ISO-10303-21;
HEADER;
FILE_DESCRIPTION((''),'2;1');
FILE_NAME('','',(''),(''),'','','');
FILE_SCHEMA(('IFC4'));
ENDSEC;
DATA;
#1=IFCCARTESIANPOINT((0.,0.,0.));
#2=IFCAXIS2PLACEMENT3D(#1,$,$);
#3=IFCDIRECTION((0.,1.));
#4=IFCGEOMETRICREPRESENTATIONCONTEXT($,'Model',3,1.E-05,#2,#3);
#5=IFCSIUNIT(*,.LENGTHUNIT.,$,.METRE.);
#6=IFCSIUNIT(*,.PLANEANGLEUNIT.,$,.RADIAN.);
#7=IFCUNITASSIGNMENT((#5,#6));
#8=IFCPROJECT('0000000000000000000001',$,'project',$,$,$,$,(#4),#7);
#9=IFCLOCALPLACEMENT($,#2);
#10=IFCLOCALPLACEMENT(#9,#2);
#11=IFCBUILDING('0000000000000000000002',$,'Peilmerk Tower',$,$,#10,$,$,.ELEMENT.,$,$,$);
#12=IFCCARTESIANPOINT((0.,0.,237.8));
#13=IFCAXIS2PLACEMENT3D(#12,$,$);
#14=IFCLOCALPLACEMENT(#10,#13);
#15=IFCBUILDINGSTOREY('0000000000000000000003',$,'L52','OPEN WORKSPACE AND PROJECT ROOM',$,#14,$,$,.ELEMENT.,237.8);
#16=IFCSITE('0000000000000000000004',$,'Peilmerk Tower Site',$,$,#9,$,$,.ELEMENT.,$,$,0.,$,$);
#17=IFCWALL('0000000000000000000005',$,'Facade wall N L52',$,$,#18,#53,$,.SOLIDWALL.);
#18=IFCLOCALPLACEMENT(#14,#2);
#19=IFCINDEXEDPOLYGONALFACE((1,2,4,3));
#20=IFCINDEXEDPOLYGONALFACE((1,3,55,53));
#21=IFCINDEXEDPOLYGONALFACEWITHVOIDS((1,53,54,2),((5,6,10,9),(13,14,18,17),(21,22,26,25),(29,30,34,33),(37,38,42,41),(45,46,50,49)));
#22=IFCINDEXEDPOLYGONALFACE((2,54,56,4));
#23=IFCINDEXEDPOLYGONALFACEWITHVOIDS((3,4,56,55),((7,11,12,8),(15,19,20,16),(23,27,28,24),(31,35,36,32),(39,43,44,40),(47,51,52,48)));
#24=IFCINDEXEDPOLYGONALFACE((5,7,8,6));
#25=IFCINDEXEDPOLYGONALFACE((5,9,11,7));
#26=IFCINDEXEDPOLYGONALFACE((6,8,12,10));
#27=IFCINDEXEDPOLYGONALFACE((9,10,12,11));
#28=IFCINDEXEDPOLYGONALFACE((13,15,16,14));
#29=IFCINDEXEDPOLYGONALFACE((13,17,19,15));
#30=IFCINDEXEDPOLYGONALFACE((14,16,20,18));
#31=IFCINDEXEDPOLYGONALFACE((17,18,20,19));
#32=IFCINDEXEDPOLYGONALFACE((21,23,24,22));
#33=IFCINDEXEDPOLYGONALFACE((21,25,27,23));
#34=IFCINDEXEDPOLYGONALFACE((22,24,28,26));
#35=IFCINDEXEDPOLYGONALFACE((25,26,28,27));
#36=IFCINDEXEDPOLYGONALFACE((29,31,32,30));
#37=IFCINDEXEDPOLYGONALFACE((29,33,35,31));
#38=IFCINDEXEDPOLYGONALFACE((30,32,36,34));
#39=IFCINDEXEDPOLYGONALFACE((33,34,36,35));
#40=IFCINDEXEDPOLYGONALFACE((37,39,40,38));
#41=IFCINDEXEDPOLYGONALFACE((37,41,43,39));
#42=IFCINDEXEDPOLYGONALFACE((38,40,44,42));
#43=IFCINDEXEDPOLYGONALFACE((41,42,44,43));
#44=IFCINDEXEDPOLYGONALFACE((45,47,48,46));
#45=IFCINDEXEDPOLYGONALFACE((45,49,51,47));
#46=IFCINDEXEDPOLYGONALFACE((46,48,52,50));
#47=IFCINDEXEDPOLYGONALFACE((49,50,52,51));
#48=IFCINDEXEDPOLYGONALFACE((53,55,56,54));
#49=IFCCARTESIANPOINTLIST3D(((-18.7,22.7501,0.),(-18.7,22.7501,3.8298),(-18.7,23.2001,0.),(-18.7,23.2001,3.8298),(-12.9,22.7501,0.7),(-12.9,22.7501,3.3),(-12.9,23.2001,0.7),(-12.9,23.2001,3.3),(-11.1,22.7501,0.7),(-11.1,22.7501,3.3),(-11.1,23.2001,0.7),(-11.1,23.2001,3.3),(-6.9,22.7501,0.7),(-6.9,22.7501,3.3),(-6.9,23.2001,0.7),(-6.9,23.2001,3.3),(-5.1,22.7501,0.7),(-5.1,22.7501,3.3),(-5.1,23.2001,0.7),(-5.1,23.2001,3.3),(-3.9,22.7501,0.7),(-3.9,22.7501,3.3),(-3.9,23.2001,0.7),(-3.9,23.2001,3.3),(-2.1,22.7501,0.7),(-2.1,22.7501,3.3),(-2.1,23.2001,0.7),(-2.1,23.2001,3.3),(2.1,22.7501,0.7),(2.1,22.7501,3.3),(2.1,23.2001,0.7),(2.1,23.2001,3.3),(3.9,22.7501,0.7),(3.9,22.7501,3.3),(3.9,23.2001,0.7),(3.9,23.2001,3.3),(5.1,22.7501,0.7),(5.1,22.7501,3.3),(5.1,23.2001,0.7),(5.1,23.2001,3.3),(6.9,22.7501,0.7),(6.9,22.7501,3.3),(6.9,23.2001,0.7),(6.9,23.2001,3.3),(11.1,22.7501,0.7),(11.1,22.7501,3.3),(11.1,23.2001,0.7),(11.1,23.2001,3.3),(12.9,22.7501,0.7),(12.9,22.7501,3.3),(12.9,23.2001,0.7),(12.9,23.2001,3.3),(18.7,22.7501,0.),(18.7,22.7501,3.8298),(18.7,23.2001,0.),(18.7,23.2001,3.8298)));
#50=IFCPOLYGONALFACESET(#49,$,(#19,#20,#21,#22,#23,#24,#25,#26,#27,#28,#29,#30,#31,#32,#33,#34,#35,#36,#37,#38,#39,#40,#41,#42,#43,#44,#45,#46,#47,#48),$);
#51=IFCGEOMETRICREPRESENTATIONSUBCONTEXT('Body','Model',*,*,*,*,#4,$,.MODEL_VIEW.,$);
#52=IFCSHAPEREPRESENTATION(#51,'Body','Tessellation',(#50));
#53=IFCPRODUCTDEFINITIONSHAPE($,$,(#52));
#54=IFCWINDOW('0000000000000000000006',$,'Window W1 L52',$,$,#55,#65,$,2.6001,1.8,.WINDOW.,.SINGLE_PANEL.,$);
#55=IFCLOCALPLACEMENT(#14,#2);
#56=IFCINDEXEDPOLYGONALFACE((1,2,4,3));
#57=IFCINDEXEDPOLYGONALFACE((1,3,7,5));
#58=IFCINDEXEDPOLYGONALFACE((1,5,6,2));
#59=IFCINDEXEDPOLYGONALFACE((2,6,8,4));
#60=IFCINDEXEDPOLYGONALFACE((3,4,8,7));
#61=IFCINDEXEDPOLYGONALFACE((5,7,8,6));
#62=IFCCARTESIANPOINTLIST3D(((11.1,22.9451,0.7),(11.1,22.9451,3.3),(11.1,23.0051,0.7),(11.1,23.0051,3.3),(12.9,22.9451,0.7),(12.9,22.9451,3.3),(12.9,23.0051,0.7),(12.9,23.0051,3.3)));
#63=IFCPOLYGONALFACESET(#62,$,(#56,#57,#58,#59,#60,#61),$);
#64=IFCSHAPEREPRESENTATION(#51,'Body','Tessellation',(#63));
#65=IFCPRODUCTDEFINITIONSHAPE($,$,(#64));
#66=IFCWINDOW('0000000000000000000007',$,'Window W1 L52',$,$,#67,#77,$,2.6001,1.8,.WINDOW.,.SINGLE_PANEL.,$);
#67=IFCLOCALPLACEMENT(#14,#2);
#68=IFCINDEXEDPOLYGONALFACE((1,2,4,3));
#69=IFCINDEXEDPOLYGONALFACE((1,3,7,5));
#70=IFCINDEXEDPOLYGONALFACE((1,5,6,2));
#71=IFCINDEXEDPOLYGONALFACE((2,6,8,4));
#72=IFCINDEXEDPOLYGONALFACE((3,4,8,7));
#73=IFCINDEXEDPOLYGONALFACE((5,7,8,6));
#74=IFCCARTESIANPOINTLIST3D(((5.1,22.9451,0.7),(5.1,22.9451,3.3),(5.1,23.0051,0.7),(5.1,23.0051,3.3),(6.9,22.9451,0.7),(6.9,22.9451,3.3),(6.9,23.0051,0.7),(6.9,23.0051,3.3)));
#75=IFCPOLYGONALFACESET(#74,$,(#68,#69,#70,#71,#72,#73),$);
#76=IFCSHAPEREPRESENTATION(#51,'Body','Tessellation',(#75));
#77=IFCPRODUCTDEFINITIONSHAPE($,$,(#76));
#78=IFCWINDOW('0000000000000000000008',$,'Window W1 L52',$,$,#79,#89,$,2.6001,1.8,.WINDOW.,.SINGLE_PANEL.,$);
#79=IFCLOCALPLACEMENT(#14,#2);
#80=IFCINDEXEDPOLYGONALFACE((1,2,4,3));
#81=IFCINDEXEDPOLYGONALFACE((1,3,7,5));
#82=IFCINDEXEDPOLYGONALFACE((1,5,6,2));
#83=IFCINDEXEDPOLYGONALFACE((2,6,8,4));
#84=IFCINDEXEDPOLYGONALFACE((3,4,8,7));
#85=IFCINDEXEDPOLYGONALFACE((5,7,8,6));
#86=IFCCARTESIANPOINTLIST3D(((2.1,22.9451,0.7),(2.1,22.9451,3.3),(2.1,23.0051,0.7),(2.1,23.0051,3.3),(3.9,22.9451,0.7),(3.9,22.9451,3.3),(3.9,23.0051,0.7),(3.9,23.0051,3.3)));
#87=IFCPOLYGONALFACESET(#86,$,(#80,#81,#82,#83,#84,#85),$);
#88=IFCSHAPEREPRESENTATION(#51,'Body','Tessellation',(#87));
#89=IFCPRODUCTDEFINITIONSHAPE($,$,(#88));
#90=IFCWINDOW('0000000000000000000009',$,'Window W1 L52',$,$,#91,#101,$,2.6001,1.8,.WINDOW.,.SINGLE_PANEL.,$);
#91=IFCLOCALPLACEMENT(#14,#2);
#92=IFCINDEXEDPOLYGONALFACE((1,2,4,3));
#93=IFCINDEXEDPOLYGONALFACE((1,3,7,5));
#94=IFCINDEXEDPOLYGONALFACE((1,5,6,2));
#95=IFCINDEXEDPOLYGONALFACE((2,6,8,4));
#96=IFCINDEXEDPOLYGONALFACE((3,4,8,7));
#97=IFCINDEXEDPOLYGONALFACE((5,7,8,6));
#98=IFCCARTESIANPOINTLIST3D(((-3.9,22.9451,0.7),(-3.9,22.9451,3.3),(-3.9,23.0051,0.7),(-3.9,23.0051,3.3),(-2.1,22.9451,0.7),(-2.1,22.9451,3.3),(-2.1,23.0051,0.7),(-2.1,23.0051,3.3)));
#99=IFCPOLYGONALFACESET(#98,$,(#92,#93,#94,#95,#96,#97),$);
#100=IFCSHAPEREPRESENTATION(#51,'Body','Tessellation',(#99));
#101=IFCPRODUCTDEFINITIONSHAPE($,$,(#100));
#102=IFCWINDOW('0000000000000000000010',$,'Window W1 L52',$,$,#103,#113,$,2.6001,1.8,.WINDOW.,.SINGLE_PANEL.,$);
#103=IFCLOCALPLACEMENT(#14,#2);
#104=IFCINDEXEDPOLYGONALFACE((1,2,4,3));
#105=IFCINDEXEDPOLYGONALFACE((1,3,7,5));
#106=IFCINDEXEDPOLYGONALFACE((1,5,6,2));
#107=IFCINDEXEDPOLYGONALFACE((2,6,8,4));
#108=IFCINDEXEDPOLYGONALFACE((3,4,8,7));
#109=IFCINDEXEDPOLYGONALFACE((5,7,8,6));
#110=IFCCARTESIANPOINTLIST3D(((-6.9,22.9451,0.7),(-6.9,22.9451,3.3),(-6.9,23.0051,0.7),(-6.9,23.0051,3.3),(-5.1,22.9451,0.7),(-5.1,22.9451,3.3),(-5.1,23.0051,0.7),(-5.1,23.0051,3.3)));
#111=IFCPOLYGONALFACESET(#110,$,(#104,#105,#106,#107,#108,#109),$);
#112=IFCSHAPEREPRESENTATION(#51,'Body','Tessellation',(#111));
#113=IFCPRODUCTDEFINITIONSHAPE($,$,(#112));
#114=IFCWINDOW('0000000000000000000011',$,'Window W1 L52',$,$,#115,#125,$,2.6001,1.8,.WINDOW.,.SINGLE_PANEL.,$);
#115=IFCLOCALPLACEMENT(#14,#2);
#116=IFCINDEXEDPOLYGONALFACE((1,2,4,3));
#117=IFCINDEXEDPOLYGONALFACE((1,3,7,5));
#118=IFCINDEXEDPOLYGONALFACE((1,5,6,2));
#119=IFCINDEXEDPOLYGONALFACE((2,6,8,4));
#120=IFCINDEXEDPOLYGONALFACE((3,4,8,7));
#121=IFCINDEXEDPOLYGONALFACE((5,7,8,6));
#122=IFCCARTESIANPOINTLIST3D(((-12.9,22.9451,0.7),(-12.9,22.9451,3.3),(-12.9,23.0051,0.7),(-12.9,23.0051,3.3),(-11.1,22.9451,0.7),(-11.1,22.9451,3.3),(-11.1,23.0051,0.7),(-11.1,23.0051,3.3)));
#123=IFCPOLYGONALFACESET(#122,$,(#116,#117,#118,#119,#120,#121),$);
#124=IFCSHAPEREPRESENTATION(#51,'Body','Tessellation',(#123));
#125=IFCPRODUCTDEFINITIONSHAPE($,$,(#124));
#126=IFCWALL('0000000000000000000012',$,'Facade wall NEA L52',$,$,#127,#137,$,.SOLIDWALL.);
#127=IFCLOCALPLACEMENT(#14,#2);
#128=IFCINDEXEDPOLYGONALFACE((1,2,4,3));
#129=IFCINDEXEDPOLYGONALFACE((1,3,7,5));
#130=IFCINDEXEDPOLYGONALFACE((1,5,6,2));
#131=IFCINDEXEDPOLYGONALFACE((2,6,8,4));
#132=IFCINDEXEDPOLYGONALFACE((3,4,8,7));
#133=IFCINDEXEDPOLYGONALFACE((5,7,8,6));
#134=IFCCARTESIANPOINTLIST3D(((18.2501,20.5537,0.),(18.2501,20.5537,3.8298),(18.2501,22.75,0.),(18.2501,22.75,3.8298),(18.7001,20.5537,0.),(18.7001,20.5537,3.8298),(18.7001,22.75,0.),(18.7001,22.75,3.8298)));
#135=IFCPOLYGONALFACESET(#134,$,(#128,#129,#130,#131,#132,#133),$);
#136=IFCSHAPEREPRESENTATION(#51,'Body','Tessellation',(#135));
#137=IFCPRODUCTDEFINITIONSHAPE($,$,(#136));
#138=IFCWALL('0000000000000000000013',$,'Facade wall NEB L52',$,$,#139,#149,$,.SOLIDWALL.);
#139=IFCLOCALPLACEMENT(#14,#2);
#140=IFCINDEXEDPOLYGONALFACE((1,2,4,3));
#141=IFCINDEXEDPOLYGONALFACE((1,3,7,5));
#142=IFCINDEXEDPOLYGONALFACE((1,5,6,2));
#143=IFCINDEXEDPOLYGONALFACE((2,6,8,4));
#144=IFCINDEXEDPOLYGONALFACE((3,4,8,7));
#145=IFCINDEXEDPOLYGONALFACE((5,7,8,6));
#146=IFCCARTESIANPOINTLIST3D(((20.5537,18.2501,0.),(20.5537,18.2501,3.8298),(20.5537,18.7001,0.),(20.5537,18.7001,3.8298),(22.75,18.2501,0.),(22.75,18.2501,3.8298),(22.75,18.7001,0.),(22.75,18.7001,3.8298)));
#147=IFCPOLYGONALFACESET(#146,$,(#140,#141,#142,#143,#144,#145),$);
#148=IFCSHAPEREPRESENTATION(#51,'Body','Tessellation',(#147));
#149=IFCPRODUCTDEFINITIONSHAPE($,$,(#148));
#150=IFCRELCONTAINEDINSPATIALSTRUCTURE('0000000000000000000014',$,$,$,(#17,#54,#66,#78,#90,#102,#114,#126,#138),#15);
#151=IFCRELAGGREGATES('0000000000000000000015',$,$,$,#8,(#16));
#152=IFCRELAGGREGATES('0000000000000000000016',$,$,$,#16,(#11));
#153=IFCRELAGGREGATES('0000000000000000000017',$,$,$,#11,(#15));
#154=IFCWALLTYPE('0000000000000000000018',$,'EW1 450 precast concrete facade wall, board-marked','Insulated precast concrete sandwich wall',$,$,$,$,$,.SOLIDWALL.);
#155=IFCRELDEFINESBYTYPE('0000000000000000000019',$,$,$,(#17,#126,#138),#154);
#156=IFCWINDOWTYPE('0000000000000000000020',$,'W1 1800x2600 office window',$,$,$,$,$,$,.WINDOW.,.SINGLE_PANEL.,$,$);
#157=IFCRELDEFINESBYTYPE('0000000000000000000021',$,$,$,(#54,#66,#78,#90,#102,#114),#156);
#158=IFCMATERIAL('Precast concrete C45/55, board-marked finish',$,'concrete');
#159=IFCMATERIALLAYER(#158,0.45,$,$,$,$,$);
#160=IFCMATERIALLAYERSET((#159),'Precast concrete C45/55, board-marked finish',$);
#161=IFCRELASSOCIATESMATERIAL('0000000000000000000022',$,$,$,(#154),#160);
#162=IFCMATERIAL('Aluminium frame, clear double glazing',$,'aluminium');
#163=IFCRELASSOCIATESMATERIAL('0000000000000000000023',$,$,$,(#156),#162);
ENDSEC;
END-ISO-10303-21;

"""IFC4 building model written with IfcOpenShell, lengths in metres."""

from ifc_helpers import new_model, si_unit, direction, frame, frame_2d, origin, place, context, subcontext, project, spatial, rectangle, extrude, material, layer, layer_set, type_object, element, fill, save


model = new_model("IFC4")

# Units and contexts
model_context = context("Model", 3, precision=1e-05, world=origin(), true_north=direction((0.0, 1.0)))
body_context = subcontext(model_context, "Body", "Model", "MODEL_VIEW")
ifc_project = project(units=[si_unit("LENGTHUNIT", "METRE"), si_unit("PLANEANGLEUNIT", "RADIAN")], contexts=[model_context])

# Site, building, storey
site_placement = place(None, origin())
site = spatial("IfcSite", under=ifc_project, at=site_placement, Name="Peilmerk Tower Site", CompositionType="ELEMENT", RefElevation=0.0)
building_placement = place(site_placement, origin())
building = spatial("IfcBuilding", under=site, at=building_placement, Name="Peilmerk Tower", CompositionType="ELEMENT")
storey_placement = place(building_placement, frame((0.0, 0.0, 237.8)))
storey = spatial("IfcBuildingStorey", under=building, at=storey_placement, Name="L52", Description="OPEN WORKSPACE AND PROJECT ROOM", CompositionType="ELEMENT", Elevation=237.8)

# Wall, openings, windows
ifc_material_1 = material(Name="Precast concrete C45/55, board-marked finish", Category="concrete")
ifc_layer_1 = layer(ifc_material_1, 0.45)
ifc_layer_set_1 = layer_set([ifc_layer_1], Name="Precast concrete C45/55, board-marked finish")
wall_type = type_object("IfcWallType", Name="EW1 450 precast concrete facade wall, board-marked", Description="Insulated precast concrete sandwich wall", PredefinedType="SOLIDWALL", material=ifc_layer_set_1)
wall_placement = place(storey_placement, frame((18.7, 22.9751, 0.0), z_axis=(0.0, 0.0, 1.0), x_axis=(-1.0, 0.0, 0.0)))
wall = element("IfcWall", 1, at=wall_placement, inside=storey, type_object=wall_type, Name="Facade wall N L52", PredefinedType="SOLIDWALL", context=body_context, shape_type="SweptSolid", body=[
    extrude(rectangle(XDim=37.3999, YDim=0.45, at=frame_2d((18.7, 0.0))), origin(), (0.0, 0.0, 1.0), 3.8298),
])
opening_1_placement = place(wall_placement, frame((5.8, 0.0, 0.7)))
opening_1 = element("IfcOpeningElement", 2, at=opening_1_placement, cuts=wall, PredefinedType="OPENING", context=body_context, shape_type="SweptSolid", body=[
    extrude(rectangle(XDim=1.8, YDim=2.6001, at=frame_2d((0.8999, 1.3))), frame((0.0, 0.2349, 0.0), z_axis=(0.0, -1.0, 0.0), x_axis=(1.0, 0.0, 0.0)), (0.0, 0.0, 1.0), 0.47),
])
opening_2_placement = place(wall_placement, frame((11.8, 0.0, 0.7)))
opening_2 = element("IfcOpeningElement", 3, at=opening_2_placement, cuts=wall, PredefinedType="OPENING", context=body_context, shape_type="SweptSolid", body=[
    extrude(rectangle(XDim=1.8, YDim=2.6001, at=frame_2d((0.8999, 1.3))), frame((0.0, 0.2349, 0.0), z_axis=(0.0, -1.0, 0.0), x_axis=(1.0, 0.0, 0.0)), (0.0, 0.0, 1.0), 0.47),
])
opening_3_placement = place(wall_placement, frame((14.8, 0.0, 0.7)))
opening_3 = element("IfcOpeningElement", 4, at=opening_3_placement, cuts=wall, PredefinedType="OPENING", context=body_context, shape_type="SweptSolid", body=[
    extrude(rectangle(XDim=1.8, YDim=2.6001, at=frame_2d((0.8999, 1.3))), frame((0.0, 0.2349, 0.0), z_axis=(0.0, -1.0, 0.0), x_axis=(1.0, 0.0, 0.0)), (0.0, 0.0, 1.0), 0.47),
])
opening_4_placement = place(wall_placement, frame((20.8, 0.0, 0.7)))
opening_4 = element("IfcOpeningElement", 5, at=opening_4_placement, cuts=wall, PredefinedType="OPENING", context=body_context, shape_type="SweptSolid", body=[
    extrude(rectangle(XDim=1.8, YDim=2.6001, at=frame_2d((0.8999, 1.3))), frame((0.0, 0.2349, 0.0), z_axis=(0.0, -1.0, 0.0), x_axis=(1.0, 0.0, 0.0)), (0.0, 0.0, 1.0), 0.47),
])
opening_5_placement = place(wall_placement, frame((23.8, 0.0, 0.7)))
opening_5 = element("IfcOpeningElement", 6, at=opening_5_placement, cuts=wall, PredefinedType="OPENING", context=body_context, shape_type="SweptSolid", body=[
    extrude(rectangle(XDim=1.8, YDim=2.6001, at=frame_2d((0.8999, 1.3))), frame((0.0, 0.2349, 0.0), z_axis=(0.0, -1.0, 0.0), x_axis=(1.0, 0.0, 0.0)), (0.0, 0.0, 1.0), 0.47),
])
opening_6_placement = place(wall_placement, frame((29.8, 0.0, 0.7)))
opening_6 = element("IfcOpeningElement", 7, at=opening_6_placement, cuts=wall, PredefinedType="OPENING", context=body_context, shape_type="SweptSolid", body=[
    extrude(rectangle(XDim=1.8, YDim=2.6001, at=frame_2d((0.8999, 1.3))), frame((0.0, 0.2349, 0.0), z_axis=(0.0, -1.0, 0.0), x_axis=(1.0, 0.0, 0.0)), (0.0, 0.0, 1.0), 0.47),
])
ifc_material_2 = material(Name="Aluminium frame, clear double glazing", Category="aluminium")
window_type = type_object("IfcWindowType", Name="W1 1800x2600 office window", PartitioningType="SINGLE_PANEL", PredefinedType="WINDOW", material=ifc_material_2)
window_1_placement = place(opening_1_placement, origin())
window_1 = element("IfcWindow", 8, at=window_1_placement, inside=storey, type_object=window_type, Name="Window W1 L52", OverallHeight=2.6001, OverallWidth=1.8, PartitioningType="SINGLE_PANEL", PredefinedType="WINDOW", context=body_context, shape_type="SweptSolid", body=[
    extrude(rectangle(XDim=1.8, YDim=2.6001, at=frame_2d((0.8999, 1.3))), frame((0.0, 0.03, 0.0), z_axis=(0.0, -1.0, 0.0), x_axis=(1.0, 0.0, 0.0)), (0.0, 0.0, 1.0), 0.0601),
])
fill(opening_1, window_1)
window_2_placement = place(opening_2_placement, origin())
window_2 = element("IfcWindow", 9, at=window_2_placement, inside=storey, type_object=window_type, Name="Window W1 L52", OverallHeight=2.6001, OverallWidth=1.8, PartitioningType="SINGLE_PANEL", PredefinedType="WINDOW", context=body_context, shape_type="SweptSolid", body=[
    extrude(rectangle(XDim=1.8, YDim=2.6001, at=frame_2d((0.8999, 1.3))), frame((0.0, 0.03, 0.0), z_axis=(0.0, -1.0, 0.0), x_axis=(1.0, 0.0, 0.0)), (0.0, 0.0, 1.0), 0.0601),
])
fill(opening_2, window_2)
window_3_placement = place(opening_3_placement, origin())
window_3 = element("IfcWindow", 10, at=window_3_placement, inside=storey, type_object=window_type, Name="Window W1 L52", OverallHeight=2.6001, OverallWidth=1.8, PartitioningType="SINGLE_PANEL", PredefinedType="WINDOW", context=body_context, shape_type="SweptSolid", body=[
    extrude(rectangle(XDim=1.8, YDim=2.6001, at=frame_2d((0.8999, 1.3))), frame((0.0, 0.03, 0.0), z_axis=(0.0, -1.0, 0.0), x_axis=(1.0, 0.0, 0.0)), (0.0, 0.0, 1.0), 0.0601),
])
fill(opening_3, window_3)
window_4_placement = place(opening_4_placement, origin())
window_4 = element("IfcWindow", 11, at=window_4_placement, inside=storey, type_object=window_type, Name="Window W1 L52", OverallHeight=2.6001, OverallWidth=1.8, PartitioningType="SINGLE_PANEL", PredefinedType="WINDOW", context=body_context, shape_type="SweptSolid", body=[
    extrude(rectangle(XDim=1.8, YDim=2.6001, at=frame_2d((0.8999, 1.3))), frame((0.0, 0.03, 0.0), z_axis=(0.0, -1.0, 0.0), x_axis=(1.0, 0.0, 0.0)), (0.0, 0.0, 1.0), 0.0601),
])
fill(opening_4, window_4)
window_5_placement = place(opening_5_placement, origin())
window_5 = element("IfcWindow", 12, at=window_5_placement, inside=storey, type_object=window_type, Name="Window W1 L52", OverallHeight=2.6001, OverallWidth=1.8, PartitioningType="SINGLE_PANEL", PredefinedType="WINDOW", context=body_context, shape_type="SweptSolid", body=[
    extrude(rectangle(XDim=1.8, YDim=2.6001, at=frame_2d((0.8999, 1.3))), frame((0.0, 0.03, 0.0), z_axis=(0.0, -1.0, 0.0), x_axis=(1.0, 0.0, 0.0)), (0.0, 0.0, 1.0), 0.0601),
])
fill(opening_5, window_5)
window_6_placement = place(opening_6_placement, origin())
window_6 = element("IfcWindow", 13, at=window_6_placement, inside=storey, type_object=window_type, Name="Window W1 L52", OverallHeight=2.6001, OverallWidth=1.8, PartitioningType="SINGLE_PANEL", PredefinedType="WINDOW", context=body_context, shape_type="SweptSolid", body=[
    extrude(rectangle(XDim=1.8, YDim=2.6001, at=frame_2d((0.8999, 1.3))), frame((0.0, 0.03, 0.0), z_axis=(0.0, -1.0, 0.0), x_axis=(1.0, 0.0, 0.0)), (0.0, 0.0, 1.0), 0.0601),
])
fill(opening_6, window_6)

# Walls
for number, where, z_axis, x_axis, name in (
    (14, (18.4751, 20.5537, 0.0), (0.0, 0.0, 1.0), (0.0, 1.0, 0.0), "Facade wall NEA L52"),
    (15, (20.5537, 18.4751, 0.0), (0.0, 0.0, 1.0), (1.0, 0.0, 0.0), "Facade wall NEB L52"),
):
    element("IfcWall", number, at=place(storey_placement, frame(where, z_axis=z_axis, x_axis=x_axis)), inside=storey, type_object=wall_type, Name=name, PredefinedType="SOLIDWALL", context=body_context, shape_type="SweptSolid", body=[
        extrude(rectangle(XDim=2.1963, YDim=0.45, at=frame_2d((1.0981, 0.0))), origin(), (0.0, 0.0, 1.0), 3.8298),
    ])

save(model, "model.ifc")
